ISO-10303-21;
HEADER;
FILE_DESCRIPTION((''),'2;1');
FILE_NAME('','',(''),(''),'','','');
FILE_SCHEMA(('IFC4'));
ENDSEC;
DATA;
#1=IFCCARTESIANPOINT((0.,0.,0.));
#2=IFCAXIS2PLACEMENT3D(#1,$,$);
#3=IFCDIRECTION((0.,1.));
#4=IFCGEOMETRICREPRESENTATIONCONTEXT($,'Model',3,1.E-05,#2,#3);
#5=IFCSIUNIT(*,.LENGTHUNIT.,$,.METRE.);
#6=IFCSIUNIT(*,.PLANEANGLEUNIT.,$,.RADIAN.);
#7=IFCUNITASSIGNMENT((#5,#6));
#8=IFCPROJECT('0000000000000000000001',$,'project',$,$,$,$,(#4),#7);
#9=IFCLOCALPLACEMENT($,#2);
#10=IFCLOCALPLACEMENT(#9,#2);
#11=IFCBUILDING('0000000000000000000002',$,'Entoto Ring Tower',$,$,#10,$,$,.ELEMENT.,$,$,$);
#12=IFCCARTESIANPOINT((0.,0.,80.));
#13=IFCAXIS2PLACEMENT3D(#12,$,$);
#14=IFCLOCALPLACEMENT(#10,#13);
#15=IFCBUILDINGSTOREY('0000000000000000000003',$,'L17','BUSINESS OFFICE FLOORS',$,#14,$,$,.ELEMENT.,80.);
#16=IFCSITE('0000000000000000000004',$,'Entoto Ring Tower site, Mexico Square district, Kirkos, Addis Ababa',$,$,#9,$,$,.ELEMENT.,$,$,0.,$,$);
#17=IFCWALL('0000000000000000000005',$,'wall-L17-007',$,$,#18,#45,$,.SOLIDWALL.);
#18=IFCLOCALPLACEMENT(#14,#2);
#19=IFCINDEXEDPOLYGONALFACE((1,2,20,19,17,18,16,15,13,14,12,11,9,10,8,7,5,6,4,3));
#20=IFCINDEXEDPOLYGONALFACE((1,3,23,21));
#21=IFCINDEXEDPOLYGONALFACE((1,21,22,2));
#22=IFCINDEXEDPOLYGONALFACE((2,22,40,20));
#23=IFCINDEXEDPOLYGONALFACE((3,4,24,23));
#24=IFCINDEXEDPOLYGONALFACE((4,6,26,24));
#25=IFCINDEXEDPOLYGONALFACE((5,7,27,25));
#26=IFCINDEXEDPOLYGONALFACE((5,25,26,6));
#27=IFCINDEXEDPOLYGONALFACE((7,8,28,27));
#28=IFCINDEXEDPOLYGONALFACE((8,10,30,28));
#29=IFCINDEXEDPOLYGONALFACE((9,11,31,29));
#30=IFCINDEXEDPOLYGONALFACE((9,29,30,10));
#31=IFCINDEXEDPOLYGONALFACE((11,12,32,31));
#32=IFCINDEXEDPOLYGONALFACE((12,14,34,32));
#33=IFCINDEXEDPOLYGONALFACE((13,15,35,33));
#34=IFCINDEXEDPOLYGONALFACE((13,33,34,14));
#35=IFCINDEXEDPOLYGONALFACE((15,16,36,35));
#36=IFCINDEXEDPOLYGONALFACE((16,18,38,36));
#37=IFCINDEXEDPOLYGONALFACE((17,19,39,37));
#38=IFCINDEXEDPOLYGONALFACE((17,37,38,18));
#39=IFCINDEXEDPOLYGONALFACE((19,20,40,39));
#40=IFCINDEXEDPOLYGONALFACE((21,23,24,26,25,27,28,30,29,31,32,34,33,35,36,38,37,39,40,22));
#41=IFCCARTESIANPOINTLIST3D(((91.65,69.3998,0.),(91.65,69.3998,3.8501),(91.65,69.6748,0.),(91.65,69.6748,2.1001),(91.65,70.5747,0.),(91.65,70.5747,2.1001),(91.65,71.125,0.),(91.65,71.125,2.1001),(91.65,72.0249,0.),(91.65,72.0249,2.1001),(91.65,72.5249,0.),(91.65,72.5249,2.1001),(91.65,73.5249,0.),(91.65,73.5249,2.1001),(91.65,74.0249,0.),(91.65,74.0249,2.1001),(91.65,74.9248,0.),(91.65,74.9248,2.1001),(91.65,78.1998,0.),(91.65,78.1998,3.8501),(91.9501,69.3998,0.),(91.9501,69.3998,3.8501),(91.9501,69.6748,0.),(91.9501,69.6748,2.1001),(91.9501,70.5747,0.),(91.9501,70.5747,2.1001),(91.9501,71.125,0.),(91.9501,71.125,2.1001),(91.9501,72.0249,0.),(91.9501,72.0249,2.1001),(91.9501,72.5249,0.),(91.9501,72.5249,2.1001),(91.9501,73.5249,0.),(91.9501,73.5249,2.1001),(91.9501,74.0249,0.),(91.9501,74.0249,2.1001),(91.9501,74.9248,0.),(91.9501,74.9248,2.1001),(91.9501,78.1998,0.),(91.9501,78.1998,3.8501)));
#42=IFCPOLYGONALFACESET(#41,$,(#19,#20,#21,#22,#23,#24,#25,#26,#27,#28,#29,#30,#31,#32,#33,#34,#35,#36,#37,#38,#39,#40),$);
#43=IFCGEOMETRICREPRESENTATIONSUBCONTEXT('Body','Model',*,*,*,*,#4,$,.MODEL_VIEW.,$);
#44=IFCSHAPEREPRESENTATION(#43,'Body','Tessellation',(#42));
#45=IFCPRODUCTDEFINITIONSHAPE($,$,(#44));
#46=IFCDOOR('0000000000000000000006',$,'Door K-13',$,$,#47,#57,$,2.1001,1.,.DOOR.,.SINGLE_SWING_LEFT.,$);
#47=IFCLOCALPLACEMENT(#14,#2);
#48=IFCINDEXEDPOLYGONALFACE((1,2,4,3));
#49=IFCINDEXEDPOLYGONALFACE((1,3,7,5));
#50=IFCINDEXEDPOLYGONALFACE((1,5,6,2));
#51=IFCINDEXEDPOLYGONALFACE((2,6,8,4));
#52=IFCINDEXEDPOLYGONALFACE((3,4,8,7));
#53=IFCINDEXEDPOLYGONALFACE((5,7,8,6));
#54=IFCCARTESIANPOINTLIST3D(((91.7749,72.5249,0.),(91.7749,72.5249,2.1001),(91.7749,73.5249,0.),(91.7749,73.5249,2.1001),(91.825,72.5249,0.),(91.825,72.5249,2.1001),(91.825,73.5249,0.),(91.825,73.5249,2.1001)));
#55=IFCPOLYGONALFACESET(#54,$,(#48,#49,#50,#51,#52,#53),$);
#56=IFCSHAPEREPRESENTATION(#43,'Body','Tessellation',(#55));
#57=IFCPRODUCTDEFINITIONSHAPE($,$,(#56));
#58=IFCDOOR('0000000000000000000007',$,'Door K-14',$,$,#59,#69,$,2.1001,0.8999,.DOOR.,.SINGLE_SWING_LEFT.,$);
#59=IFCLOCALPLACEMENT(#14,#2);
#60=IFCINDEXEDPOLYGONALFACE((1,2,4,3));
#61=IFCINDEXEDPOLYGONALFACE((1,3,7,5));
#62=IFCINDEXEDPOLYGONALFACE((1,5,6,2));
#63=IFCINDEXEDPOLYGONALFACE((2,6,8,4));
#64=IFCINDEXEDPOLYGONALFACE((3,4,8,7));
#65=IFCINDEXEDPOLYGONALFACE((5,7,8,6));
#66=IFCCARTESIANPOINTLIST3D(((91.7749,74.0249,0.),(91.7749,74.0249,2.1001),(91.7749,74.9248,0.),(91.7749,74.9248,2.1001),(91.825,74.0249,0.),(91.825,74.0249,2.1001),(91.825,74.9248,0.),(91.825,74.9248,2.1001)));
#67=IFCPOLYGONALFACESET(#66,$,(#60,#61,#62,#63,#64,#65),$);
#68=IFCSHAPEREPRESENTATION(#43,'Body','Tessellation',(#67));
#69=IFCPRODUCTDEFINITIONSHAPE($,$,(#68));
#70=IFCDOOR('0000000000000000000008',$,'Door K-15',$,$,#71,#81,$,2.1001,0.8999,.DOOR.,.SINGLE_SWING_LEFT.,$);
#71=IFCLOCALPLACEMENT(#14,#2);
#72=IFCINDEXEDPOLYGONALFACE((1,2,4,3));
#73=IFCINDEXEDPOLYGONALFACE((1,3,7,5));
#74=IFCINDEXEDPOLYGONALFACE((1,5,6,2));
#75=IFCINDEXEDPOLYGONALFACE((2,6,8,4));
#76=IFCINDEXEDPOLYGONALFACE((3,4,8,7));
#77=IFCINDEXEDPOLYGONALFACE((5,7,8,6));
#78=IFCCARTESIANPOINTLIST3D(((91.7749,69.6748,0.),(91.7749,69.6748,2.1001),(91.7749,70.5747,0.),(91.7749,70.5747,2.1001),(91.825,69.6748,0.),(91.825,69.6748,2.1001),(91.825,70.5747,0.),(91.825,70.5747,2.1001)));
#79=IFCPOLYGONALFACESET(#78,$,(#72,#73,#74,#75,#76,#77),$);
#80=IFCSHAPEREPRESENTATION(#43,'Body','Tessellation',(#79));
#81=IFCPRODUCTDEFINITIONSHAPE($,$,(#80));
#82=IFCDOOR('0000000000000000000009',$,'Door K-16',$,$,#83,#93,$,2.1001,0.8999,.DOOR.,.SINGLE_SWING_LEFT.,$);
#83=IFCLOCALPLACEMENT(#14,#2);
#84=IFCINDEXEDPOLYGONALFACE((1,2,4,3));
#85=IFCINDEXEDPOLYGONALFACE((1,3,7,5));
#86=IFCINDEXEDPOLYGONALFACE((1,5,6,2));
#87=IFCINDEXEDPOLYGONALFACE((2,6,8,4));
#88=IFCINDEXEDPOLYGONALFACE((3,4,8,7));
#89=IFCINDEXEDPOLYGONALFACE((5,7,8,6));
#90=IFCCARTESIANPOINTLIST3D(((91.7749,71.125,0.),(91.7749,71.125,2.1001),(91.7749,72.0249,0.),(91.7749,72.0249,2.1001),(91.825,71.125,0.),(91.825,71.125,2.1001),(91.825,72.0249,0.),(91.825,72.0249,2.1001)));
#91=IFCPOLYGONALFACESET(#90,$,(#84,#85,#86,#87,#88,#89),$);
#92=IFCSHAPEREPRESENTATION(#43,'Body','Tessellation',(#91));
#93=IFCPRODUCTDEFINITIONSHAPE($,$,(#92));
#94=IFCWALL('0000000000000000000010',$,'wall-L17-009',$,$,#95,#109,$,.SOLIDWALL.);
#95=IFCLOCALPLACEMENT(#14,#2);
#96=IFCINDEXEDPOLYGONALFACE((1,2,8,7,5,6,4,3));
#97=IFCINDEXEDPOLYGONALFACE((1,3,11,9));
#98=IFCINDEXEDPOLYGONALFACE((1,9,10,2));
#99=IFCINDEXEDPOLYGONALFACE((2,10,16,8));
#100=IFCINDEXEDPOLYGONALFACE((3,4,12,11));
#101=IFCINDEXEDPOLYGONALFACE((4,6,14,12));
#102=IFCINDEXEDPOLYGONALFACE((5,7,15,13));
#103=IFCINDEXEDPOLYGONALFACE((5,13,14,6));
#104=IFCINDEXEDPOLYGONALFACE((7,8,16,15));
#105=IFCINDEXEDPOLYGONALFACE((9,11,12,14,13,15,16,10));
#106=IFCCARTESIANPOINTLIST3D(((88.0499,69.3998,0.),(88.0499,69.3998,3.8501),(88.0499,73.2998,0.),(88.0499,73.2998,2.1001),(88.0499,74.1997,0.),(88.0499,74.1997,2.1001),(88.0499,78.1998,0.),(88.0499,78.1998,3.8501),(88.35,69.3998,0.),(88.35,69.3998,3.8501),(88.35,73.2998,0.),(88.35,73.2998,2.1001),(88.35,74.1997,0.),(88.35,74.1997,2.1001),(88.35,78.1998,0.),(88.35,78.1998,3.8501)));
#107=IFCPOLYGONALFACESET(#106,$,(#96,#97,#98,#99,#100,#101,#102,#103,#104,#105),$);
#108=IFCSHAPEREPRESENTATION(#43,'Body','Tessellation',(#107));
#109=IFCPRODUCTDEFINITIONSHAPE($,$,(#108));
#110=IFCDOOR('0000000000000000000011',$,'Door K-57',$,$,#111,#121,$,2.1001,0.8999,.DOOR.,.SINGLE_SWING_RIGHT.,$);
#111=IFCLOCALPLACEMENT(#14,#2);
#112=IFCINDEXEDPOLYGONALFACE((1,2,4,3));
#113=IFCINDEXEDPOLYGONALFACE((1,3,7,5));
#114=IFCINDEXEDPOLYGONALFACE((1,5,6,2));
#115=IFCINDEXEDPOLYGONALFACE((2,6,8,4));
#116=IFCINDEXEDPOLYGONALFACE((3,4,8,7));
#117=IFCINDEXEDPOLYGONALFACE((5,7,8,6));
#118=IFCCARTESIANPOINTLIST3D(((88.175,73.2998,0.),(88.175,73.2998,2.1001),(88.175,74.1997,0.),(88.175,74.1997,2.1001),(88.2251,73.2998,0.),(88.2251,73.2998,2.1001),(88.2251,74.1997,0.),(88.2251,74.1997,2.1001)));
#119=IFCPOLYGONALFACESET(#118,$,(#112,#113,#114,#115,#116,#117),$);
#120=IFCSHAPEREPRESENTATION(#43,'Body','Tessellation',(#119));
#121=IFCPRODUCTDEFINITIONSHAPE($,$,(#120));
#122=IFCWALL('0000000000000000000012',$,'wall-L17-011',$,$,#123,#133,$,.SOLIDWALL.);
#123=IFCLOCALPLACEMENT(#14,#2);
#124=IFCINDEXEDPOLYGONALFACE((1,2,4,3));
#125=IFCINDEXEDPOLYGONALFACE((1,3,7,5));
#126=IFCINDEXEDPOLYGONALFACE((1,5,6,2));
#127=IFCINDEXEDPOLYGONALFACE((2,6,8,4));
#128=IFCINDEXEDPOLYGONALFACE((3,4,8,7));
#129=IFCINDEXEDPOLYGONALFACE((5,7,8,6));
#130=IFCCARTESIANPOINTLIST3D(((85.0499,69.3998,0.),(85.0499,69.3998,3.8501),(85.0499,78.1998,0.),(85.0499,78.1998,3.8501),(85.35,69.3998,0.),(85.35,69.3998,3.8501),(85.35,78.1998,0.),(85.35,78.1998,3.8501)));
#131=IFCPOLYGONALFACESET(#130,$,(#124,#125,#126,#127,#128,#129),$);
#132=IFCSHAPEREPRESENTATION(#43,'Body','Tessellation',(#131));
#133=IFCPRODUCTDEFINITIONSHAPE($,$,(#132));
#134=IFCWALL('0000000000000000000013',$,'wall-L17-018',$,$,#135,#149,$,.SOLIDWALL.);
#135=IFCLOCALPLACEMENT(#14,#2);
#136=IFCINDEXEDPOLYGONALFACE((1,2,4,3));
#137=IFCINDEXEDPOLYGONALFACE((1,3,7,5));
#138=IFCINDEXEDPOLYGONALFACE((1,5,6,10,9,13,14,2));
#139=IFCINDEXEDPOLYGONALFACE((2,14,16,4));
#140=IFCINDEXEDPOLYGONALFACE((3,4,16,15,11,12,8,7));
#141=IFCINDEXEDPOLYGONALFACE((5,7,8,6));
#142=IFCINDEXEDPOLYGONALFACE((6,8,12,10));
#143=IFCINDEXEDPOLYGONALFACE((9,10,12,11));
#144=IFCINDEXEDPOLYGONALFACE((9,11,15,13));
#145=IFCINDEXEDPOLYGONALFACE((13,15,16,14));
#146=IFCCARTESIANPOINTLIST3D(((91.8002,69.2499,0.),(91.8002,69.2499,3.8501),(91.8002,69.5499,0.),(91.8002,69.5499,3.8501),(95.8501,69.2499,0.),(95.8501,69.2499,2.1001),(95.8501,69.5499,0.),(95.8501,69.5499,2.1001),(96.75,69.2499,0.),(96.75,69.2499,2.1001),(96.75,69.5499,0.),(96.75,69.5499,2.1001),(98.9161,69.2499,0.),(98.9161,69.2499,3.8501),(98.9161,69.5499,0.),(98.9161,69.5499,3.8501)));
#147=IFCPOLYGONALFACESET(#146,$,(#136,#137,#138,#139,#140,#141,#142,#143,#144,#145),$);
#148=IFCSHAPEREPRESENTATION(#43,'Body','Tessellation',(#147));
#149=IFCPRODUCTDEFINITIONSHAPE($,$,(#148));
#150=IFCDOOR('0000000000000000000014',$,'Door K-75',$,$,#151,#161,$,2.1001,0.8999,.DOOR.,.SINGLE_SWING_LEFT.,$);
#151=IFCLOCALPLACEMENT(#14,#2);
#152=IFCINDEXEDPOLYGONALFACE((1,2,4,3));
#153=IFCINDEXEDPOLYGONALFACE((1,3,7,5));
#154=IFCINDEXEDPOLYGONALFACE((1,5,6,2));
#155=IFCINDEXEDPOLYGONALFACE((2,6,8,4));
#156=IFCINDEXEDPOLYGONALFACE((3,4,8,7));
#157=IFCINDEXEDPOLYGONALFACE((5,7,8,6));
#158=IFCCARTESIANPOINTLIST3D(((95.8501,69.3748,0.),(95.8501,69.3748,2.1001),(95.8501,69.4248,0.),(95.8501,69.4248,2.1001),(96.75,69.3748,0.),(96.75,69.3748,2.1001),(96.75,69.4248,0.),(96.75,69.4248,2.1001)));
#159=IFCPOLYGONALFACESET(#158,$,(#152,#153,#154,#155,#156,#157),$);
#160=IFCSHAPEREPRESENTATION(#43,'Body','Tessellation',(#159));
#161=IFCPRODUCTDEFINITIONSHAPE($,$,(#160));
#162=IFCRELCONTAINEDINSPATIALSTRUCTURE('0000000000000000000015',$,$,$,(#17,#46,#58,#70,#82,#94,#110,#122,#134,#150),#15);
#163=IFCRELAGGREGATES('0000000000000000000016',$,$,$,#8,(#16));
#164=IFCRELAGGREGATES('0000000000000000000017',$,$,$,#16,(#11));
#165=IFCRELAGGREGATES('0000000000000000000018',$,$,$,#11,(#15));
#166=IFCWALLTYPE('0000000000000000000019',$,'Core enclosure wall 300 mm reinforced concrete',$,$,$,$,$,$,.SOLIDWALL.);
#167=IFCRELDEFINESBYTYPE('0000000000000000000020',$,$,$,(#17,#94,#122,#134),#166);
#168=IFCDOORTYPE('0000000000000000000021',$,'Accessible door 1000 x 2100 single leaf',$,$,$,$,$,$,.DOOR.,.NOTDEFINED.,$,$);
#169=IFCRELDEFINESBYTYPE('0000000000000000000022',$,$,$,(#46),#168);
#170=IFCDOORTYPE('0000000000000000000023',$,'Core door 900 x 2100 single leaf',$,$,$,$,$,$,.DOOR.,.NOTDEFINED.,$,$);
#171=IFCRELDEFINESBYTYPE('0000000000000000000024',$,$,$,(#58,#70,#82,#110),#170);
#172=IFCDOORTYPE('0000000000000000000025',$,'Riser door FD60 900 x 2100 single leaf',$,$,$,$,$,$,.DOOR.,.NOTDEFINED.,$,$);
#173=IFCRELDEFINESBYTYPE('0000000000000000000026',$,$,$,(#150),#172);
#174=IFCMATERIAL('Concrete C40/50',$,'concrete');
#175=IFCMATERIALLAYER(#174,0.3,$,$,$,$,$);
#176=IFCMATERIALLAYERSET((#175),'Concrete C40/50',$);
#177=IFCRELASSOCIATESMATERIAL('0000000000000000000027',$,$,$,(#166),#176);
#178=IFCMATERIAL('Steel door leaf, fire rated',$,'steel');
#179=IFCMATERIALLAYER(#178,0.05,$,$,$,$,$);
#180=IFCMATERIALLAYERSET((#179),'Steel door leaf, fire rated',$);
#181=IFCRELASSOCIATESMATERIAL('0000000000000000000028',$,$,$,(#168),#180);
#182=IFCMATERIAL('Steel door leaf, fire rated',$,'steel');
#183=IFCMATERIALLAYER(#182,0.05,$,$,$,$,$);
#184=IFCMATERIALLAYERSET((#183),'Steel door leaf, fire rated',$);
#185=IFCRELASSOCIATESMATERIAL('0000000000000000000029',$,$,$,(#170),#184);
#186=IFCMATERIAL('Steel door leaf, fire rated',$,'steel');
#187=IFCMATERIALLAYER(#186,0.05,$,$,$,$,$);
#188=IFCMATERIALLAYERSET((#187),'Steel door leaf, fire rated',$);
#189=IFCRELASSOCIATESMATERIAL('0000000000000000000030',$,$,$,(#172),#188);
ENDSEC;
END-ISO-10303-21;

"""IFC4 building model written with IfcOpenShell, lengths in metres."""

from ifc_helpers import new_model, si_unit, direction, frame, frame_2d, origin, place, context, subcontext, project, spatial, rectangle, extrude, material, layer, layer_set, type_object, element, fill, save


model = new_model("IFC4")

# Units and contexts
model_context = context("Model", 3, precision=1e-05, world=origin(), true_north=direction((0.0, 1.0)))
body_context = subcontext(model_context, "Body", "Model", "MODEL_VIEW")
ifc_project = project(units=[si_unit("LENGTHUNIT", "METRE"), si_unit("PLANEANGLEUNIT", "RADIAN")], contexts=[model_context])

# Site, building, storey
site_placement = place(None, origin())
site = spatial("IfcSite", under=ifc_project, at=site_placement, Name="Entoto Ring Tower site, Mexico Square district, Kirkos, Addis Ababa", CompositionType="ELEMENT", RefElevation=0.0)
building_placement = place(site_placement, origin())
building = spatial("IfcBuilding", under=site, at=building_placement, Name="Entoto Ring Tower", CompositionType="ELEMENT")
storey_placement = place(building_placement, frame((0.0, 0.0, 80.0)))
storey = spatial("IfcBuildingStorey", under=building, at=storey_placement, Name="L17", Description="BUSINESS OFFICE FLOORS", CompositionType="ELEMENT", Elevation=80.0)

# Shared definitions
ifc_material_1 = material(Name="Concrete C40/50", Category="concrete")
ifc_layer_1 = layer(ifc_material_1, 0.3)
ifc_layer_set_1 = layer_set([ifc_layer_1], Name="Concrete C40/50")
wall_type_1 = type_object("IfcWallType", Name="Core enclosure wall 300 mm reinforced concrete", PredefinedType="SOLIDWALL", material=ifc_layer_set_1)

# Wall, openings, doors
wall_1_placement = place(storey_placement, frame((91.8, 69.3999, 0.0), z_axis=(0.0, 0.0, 1.0), x_axis=(0.0, 1.0, 0.0)))
wall_1 = element("IfcWall", 1, at=wall_1_placement, inside=storey, type_object=wall_type_1, Name="wall-L17-007", PredefinedType="SOLIDWALL", context=body_context, shape_type="SweptSolid", body=[
    extrude(rectangle(XDim=8.8, YDim=0.3, at=frame_2d((4.3999, 0.0))), origin(), (0.0, 0.0, 1.0), 3.8501),
])
opening_1_placement = place(wall_1_placement, frame((3.125, 0.0, 0.0)))
opening_1 = element("IfcOpeningElement", 2, at=opening_1_placement, cuts=wall_1, PredefinedType="OPENING", context=body_context, shape_type="SweptSolid", body=[
    extrude(rectangle(XDim=1.0, YDim=2.1001, at=frame_2d((0.5, 1.05))), frame((0.0, 0.1602, 0.0), z_axis=(0.0, -1.0, 0.0), x_axis=(1.0, 0.0, 0.0)), (0.0, 0.0, 1.0), 0.3201),
])
opening_2_placement = place(wall_1_placement, frame((4.625, 0.0, 0.0)))
opening_2 = element("IfcOpeningElement", 3, at=opening_2_placement, cuts=wall_1, PredefinedType="OPENING", context=body_context, shape_type="SweptSolid", body=[
    extrude(rectangle(XDim=0.8999, YDim=2.1001, at=frame_2d((0.45, 1.05))), frame((0.0, 0.1602, 0.0), z_axis=(0.0, -1.0, 0.0), x_axis=(1.0, 0.0, 0.0)), (0.0, 0.0, 1.0), 0.3201),
])
opening_3_placement = place(wall_1_placement, frame((0.2749, 0.0, 0.0)))
opening_3 = element("IfcOpeningElement", 4, at=opening_3_placement, cuts=wall_1, PredefinedType="OPENING", context=body_context, shape_type="SweptSolid", body=[
    extrude(rectangle(XDim=0.8999, YDim=2.1001, at=frame_2d((0.45, 1.05))), frame((0.0, 0.1602, 0.0), z_axis=(0.0, -1.0, 0.0), x_axis=(1.0, 0.0, 0.0)), (0.0, 0.0, 1.0), 0.3201),
])
opening_4_placement = place(wall_1_placement, frame((1.7251, 0.0, 0.0)))
opening_4 = element("IfcOpeningElement", 5, at=opening_4_placement, cuts=wall_1, PredefinedType="OPENING", context=body_context, shape_type="SweptSolid", body=[
    extrude(rectangle(XDim=0.8999, YDim=2.1001, at=frame_2d((0.45, 1.05))), frame((0.0, 0.1602, 0.0), z_axis=(0.0, -1.0, 0.0), x_axis=(1.0, 0.0, 0.0)), (0.0, 0.0, 1.0), 0.3201),
])
ifc_material_2 = material(Name="Steel door leaf, fire rated", Category="steel")
ifc_layer_2 = layer(ifc_material_2, 0.05)
ifc_layer_set_2 = layer_set([ifc_layer_2], Name="Steel door leaf, fire rated")
door_type_1 = type_object("IfcDoorType", Name="Accessible door 1000 x 2100 single leaf", OperationType="NOTDEFINED", PredefinedType="DOOR", material=ifc_layer_set_2)
door_1_placement = place(opening_1_placement, frame((1.0, 0.0, 0.0), z_axis=(0.0, 0.0, 1.0), x_axis=(-1.0, 0.0, 0.0)))
door_1 = element("IfcDoor", 6, at=door_1_placement, inside=storey, type_object=door_type_1, Name="Door K-13", OperationType="SINGLE_SWING_LEFT", OverallHeight=2.1001, OverallWidth=1.0, PredefinedType="DOOR", context=body_context, shape_type="SweptSolid", body=[
    extrude(rectangle(XDim=1.0, YDim=2.1001, at=frame_2d((0.5, 1.05))), frame((0.0, 0.0249, 0.0), z_axis=(0.0, -1.0, 0.0), x_axis=(1.0, 0.0, 0.0)), (0.0, 0.0, 1.0), 0.05),
])
fill(opening_1, door_1)
ifc_material_3 = material(Name="Steel door leaf, fire rated", Category="steel")
ifc_layer_3 = layer(ifc_material_3, 0.05)
ifc_layer_set_3 = layer_set([ifc_layer_3], Name="Steel door leaf, fire rated")
door_type_2 = type_object("IfcDoorType", Name="Core door 900 x 2100 single leaf", OperationType="NOTDEFINED", PredefinedType="DOOR", material=ifc_layer_set_3)
door_2_placement = place(opening_2_placement, frame((0.8999, 0.0, 0.0), z_axis=(0.0, 0.0, 1.0), x_axis=(-1.0, 0.0, 0.0)))
door_2 = element("IfcDoor", 7, at=door_2_placement, inside=storey, type_object=door_type_2, Name="Door K-14", OperationType="SINGLE_SWING_LEFT", OverallHeight=2.1001, OverallWidth=0.8999, PredefinedType="DOOR", context=body_context, shape_type="SweptSolid", body=[
    extrude(rectangle(XDim=0.8999, YDim=2.1001, at=frame_2d((0.45, 1.05))), frame((0.0, 0.0249, 0.0), z_axis=(0.0, -1.0, 0.0), x_axis=(1.0, 0.0, 0.0)), (0.0, 0.0, 1.0), 0.05),
])
fill(opening_2, door_2)
door_3_placement = place(opening_3_placement, frame((0.8999, 0.0, 0.0), z_axis=(0.0, 0.0, 1.0), x_axis=(-1.0, 0.0, 0.0)))
door_3 = element("IfcDoor", 8, at=door_3_placement, inside=storey, type_object=door_type_2, Name="Door K-15", OperationType="SINGLE_SWING_LEFT", OverallHeight=2.1001, OverallWidth=0.8999, PredefinedType="DOOR", context=body_context, shape_type="SweptSolid", body=[
    extrude(rectangle(XDim=0.8999, YDim=2.1001, at=frame_2d((0.45, 1.05))), frame((0.0, 0.0249, 0.0), z_axis=(0.0, -1.0, 0.0), x_axis=(1.0, 0.0, 0.0)), (0.0, 0.0, 1.0), 0.05),
])
fill(opening_3, door_3)
door_4_placement = place(opening_4_placement, frame((0.8999, 0.0, 0.0), z_axis=(0.0, 0.0, 1.0), x_axis=(-1.0, 0.0, 0.0)))
door_4 = element("IfcDoor", 9, at=door_4_placement, inside=storey, type_object=door_type_2, Name="Door K-16", OperationType="SINGLE_SWING_LEFT", OverallHeight=2.1001, OverallWidth=0.8999, PredefinedType="DOOR", context=body_context, shape_type="SweptSolid", body=[
    extrude(rectangle(XDim=0.8999, YDim=2.1001, at=frame_2d((0.45, 1.05))), frame((0.0, 0.0249, 0.0), z_axis=(0.0, -1.0, 0.0), x_axis=(1.0, 0.0, 0.0)), (0.0, 0.0, 1.0), 0.05),
])
fill(opening_4, door_4)

# Wall, opening, door
wall_2_placement = place(storey_placement, frame((88.2, 69.3999, 0.0), z_axis=(0.0, 0.0, 1.0), x_axis=(0.0, 1.0, 0.0)))
wall_2 = element("IfcWall", 10, at=wall_2_placement, inside=storey, type_object=wall_type_1, Name="wall-L17-009", PredefinedType="SOLIDWALL", context=body_context, shape_type="SweptSolid", body=[
    extrude(rectangle(XDim=8.8, YDim=0.3, at=frame_2d((4.3999, 0.0))), origin(), (0.0, 0.0, 1.0), 3.8501),
])
opening_5_placement = place(wall_2_placement, frame((3.8999, 0.0, 0.0)))
opening_5 = element("IfcOpeningElement", 11, at=opening_5_placement, cuts=wall_2, PredefinedType="OPENING", context=body_context, shape_type="SweptSolid", body=[
    extrude(rectangle(XDim=0.8999, YDim=2.1001, at=frame_2d((0.45, 1.05))), frame((0.0, 0.1602, 0.0), z_axis=(0.0, -1.0, 0.0), x_axis=(1.0, 0.0, 0.0)), (0.0, 0.0, 1.0), 0.3201),
])
door_5_placement = place(opening_5_placement, origin())
door_5 = element("IfcDoor", 12, at=door_5_placement, inside=storey, type_object=door_type_2, Name="Door K-57", OperationType="SINGLE_SWING_RIGHT", OverallHeight=2.1001, OverallWidth=0.8999, PredefinedType="DOOR", context=body_context, shape_type="SweptSolid", body=[
    extrude(rectangle(XDim=0.8999, YDim=2.1001, at=frame_2d((0.45, 1.05))), frame((0.0, 0.0249, 0.0), z_axis=(0.0, -1.0, 0.0), x_axis=(1.0, 0.0, 0.0)), (0.0, 0.0, 1.0), 0.05),
])
fill(opening_5, door_5)

# Wall
wall_3_placement = place(storey_placement, frame((85.2, 69.3999, 0.0), z_axis=(0.0, 0.0, 1.0), x_axis=(0.0, 1.0, 0.0)))
element("IfcWall", 13, at=wall_3_placement, inside=storey, type_object=wall_type_1, Name="wall-L17-011", PredefinedType="SOLIDWALL", context=body_context, shape_type="SweptSolid", body=[
    extrude(rectangle(XDim=8.8, YDim=0.3, at=frame_2d((4.3999, 0.0))), origin(), (0.0, 0.0, 1.0), 3.8501),
])

# Wall, opening, door
wall_4_placement = place(storey_placement, frame((91.8, 69.3999, 0.0), z_axis=(0.0, 0.0, 1.0), x_axis=(1.0, 0.0, 0.0)))
wall_4 = element("IfcWall", 14, at=wall_4_placement, inside=storey, type_object=wall_type_1, Name="wall-L17-018", PredefinedType="SOLIDWALL", context=body_context, shape_type="SweptSolid", body=[
    extrude(rectangle(XDim=7.116, YDim=0.3, at=frame_2d((3.5581, 0.0))), origin(), (0.0, 0.0, 1.0), 3.8501),
])
opening_6_placement = place(wall_4_placement, frame((4.05, 0.0, 0.0)))
opening_6 = element("IfcOpeningElement", 15, at=opening_6_placement, cuts=wall_4, PredefinedType="OPENING", context=body_context, shape_type="SweptSolid", body=[
    extrude(rectangle(XDim=0.8999, YDim=2.1001, at=frame_2d((0.45, 1.05))), frame((0.0, 0.1602, 0.0), z_axis=(0.0, -1.0, 0.0), x_axis=(1.0, 0.0, 0.0)), (0.0, 0.0, 1.0), 0.3201),
])
ifc_material_4 = material(Name="Steel door leaf, fire rated", Category="steel")
ifc_layer_4 = layer(ifc_material_4, 0.05)
ifc_layer_set_4 = layer_set([ifc_layer_4], Name="Steel door leaf, fire rated")
door_type_3 = type_object("IfcDoorType", Name="Riser door FD60 900 x 2100 single leaf", OperationType="NOTDEFINED", PredefinedType="DOOR", material=ifc_layer_set_4)
door_6_placement = place(opening_6_placement, origin())
door_6 = element("IfcDoor", 16, at=door_6_placement, inside=storey, type_object=door_type_3, Name="Door K-75", OperationType="SINGLE_SWING_LEFT", OverallHeight=2.1001, OverallWidth=0.8999, PredefinedType="DOOR", context=body_context, shape_type="SweptSolid", body=[
    extrude(rectangle(XDim=0.8999, YDim=2.1001, at=frame_2d((0.45, 1.05))), frame((0.0, 0.0249, 0.0), z_axis=(0.0, -1.0, 0.0), x_axis=(1.0, 0.0, 0.0)), (0.0, 0.0, 1.0), 0.05),
])
fill(opening_6, door_6)

save(model, "model.ifc")
